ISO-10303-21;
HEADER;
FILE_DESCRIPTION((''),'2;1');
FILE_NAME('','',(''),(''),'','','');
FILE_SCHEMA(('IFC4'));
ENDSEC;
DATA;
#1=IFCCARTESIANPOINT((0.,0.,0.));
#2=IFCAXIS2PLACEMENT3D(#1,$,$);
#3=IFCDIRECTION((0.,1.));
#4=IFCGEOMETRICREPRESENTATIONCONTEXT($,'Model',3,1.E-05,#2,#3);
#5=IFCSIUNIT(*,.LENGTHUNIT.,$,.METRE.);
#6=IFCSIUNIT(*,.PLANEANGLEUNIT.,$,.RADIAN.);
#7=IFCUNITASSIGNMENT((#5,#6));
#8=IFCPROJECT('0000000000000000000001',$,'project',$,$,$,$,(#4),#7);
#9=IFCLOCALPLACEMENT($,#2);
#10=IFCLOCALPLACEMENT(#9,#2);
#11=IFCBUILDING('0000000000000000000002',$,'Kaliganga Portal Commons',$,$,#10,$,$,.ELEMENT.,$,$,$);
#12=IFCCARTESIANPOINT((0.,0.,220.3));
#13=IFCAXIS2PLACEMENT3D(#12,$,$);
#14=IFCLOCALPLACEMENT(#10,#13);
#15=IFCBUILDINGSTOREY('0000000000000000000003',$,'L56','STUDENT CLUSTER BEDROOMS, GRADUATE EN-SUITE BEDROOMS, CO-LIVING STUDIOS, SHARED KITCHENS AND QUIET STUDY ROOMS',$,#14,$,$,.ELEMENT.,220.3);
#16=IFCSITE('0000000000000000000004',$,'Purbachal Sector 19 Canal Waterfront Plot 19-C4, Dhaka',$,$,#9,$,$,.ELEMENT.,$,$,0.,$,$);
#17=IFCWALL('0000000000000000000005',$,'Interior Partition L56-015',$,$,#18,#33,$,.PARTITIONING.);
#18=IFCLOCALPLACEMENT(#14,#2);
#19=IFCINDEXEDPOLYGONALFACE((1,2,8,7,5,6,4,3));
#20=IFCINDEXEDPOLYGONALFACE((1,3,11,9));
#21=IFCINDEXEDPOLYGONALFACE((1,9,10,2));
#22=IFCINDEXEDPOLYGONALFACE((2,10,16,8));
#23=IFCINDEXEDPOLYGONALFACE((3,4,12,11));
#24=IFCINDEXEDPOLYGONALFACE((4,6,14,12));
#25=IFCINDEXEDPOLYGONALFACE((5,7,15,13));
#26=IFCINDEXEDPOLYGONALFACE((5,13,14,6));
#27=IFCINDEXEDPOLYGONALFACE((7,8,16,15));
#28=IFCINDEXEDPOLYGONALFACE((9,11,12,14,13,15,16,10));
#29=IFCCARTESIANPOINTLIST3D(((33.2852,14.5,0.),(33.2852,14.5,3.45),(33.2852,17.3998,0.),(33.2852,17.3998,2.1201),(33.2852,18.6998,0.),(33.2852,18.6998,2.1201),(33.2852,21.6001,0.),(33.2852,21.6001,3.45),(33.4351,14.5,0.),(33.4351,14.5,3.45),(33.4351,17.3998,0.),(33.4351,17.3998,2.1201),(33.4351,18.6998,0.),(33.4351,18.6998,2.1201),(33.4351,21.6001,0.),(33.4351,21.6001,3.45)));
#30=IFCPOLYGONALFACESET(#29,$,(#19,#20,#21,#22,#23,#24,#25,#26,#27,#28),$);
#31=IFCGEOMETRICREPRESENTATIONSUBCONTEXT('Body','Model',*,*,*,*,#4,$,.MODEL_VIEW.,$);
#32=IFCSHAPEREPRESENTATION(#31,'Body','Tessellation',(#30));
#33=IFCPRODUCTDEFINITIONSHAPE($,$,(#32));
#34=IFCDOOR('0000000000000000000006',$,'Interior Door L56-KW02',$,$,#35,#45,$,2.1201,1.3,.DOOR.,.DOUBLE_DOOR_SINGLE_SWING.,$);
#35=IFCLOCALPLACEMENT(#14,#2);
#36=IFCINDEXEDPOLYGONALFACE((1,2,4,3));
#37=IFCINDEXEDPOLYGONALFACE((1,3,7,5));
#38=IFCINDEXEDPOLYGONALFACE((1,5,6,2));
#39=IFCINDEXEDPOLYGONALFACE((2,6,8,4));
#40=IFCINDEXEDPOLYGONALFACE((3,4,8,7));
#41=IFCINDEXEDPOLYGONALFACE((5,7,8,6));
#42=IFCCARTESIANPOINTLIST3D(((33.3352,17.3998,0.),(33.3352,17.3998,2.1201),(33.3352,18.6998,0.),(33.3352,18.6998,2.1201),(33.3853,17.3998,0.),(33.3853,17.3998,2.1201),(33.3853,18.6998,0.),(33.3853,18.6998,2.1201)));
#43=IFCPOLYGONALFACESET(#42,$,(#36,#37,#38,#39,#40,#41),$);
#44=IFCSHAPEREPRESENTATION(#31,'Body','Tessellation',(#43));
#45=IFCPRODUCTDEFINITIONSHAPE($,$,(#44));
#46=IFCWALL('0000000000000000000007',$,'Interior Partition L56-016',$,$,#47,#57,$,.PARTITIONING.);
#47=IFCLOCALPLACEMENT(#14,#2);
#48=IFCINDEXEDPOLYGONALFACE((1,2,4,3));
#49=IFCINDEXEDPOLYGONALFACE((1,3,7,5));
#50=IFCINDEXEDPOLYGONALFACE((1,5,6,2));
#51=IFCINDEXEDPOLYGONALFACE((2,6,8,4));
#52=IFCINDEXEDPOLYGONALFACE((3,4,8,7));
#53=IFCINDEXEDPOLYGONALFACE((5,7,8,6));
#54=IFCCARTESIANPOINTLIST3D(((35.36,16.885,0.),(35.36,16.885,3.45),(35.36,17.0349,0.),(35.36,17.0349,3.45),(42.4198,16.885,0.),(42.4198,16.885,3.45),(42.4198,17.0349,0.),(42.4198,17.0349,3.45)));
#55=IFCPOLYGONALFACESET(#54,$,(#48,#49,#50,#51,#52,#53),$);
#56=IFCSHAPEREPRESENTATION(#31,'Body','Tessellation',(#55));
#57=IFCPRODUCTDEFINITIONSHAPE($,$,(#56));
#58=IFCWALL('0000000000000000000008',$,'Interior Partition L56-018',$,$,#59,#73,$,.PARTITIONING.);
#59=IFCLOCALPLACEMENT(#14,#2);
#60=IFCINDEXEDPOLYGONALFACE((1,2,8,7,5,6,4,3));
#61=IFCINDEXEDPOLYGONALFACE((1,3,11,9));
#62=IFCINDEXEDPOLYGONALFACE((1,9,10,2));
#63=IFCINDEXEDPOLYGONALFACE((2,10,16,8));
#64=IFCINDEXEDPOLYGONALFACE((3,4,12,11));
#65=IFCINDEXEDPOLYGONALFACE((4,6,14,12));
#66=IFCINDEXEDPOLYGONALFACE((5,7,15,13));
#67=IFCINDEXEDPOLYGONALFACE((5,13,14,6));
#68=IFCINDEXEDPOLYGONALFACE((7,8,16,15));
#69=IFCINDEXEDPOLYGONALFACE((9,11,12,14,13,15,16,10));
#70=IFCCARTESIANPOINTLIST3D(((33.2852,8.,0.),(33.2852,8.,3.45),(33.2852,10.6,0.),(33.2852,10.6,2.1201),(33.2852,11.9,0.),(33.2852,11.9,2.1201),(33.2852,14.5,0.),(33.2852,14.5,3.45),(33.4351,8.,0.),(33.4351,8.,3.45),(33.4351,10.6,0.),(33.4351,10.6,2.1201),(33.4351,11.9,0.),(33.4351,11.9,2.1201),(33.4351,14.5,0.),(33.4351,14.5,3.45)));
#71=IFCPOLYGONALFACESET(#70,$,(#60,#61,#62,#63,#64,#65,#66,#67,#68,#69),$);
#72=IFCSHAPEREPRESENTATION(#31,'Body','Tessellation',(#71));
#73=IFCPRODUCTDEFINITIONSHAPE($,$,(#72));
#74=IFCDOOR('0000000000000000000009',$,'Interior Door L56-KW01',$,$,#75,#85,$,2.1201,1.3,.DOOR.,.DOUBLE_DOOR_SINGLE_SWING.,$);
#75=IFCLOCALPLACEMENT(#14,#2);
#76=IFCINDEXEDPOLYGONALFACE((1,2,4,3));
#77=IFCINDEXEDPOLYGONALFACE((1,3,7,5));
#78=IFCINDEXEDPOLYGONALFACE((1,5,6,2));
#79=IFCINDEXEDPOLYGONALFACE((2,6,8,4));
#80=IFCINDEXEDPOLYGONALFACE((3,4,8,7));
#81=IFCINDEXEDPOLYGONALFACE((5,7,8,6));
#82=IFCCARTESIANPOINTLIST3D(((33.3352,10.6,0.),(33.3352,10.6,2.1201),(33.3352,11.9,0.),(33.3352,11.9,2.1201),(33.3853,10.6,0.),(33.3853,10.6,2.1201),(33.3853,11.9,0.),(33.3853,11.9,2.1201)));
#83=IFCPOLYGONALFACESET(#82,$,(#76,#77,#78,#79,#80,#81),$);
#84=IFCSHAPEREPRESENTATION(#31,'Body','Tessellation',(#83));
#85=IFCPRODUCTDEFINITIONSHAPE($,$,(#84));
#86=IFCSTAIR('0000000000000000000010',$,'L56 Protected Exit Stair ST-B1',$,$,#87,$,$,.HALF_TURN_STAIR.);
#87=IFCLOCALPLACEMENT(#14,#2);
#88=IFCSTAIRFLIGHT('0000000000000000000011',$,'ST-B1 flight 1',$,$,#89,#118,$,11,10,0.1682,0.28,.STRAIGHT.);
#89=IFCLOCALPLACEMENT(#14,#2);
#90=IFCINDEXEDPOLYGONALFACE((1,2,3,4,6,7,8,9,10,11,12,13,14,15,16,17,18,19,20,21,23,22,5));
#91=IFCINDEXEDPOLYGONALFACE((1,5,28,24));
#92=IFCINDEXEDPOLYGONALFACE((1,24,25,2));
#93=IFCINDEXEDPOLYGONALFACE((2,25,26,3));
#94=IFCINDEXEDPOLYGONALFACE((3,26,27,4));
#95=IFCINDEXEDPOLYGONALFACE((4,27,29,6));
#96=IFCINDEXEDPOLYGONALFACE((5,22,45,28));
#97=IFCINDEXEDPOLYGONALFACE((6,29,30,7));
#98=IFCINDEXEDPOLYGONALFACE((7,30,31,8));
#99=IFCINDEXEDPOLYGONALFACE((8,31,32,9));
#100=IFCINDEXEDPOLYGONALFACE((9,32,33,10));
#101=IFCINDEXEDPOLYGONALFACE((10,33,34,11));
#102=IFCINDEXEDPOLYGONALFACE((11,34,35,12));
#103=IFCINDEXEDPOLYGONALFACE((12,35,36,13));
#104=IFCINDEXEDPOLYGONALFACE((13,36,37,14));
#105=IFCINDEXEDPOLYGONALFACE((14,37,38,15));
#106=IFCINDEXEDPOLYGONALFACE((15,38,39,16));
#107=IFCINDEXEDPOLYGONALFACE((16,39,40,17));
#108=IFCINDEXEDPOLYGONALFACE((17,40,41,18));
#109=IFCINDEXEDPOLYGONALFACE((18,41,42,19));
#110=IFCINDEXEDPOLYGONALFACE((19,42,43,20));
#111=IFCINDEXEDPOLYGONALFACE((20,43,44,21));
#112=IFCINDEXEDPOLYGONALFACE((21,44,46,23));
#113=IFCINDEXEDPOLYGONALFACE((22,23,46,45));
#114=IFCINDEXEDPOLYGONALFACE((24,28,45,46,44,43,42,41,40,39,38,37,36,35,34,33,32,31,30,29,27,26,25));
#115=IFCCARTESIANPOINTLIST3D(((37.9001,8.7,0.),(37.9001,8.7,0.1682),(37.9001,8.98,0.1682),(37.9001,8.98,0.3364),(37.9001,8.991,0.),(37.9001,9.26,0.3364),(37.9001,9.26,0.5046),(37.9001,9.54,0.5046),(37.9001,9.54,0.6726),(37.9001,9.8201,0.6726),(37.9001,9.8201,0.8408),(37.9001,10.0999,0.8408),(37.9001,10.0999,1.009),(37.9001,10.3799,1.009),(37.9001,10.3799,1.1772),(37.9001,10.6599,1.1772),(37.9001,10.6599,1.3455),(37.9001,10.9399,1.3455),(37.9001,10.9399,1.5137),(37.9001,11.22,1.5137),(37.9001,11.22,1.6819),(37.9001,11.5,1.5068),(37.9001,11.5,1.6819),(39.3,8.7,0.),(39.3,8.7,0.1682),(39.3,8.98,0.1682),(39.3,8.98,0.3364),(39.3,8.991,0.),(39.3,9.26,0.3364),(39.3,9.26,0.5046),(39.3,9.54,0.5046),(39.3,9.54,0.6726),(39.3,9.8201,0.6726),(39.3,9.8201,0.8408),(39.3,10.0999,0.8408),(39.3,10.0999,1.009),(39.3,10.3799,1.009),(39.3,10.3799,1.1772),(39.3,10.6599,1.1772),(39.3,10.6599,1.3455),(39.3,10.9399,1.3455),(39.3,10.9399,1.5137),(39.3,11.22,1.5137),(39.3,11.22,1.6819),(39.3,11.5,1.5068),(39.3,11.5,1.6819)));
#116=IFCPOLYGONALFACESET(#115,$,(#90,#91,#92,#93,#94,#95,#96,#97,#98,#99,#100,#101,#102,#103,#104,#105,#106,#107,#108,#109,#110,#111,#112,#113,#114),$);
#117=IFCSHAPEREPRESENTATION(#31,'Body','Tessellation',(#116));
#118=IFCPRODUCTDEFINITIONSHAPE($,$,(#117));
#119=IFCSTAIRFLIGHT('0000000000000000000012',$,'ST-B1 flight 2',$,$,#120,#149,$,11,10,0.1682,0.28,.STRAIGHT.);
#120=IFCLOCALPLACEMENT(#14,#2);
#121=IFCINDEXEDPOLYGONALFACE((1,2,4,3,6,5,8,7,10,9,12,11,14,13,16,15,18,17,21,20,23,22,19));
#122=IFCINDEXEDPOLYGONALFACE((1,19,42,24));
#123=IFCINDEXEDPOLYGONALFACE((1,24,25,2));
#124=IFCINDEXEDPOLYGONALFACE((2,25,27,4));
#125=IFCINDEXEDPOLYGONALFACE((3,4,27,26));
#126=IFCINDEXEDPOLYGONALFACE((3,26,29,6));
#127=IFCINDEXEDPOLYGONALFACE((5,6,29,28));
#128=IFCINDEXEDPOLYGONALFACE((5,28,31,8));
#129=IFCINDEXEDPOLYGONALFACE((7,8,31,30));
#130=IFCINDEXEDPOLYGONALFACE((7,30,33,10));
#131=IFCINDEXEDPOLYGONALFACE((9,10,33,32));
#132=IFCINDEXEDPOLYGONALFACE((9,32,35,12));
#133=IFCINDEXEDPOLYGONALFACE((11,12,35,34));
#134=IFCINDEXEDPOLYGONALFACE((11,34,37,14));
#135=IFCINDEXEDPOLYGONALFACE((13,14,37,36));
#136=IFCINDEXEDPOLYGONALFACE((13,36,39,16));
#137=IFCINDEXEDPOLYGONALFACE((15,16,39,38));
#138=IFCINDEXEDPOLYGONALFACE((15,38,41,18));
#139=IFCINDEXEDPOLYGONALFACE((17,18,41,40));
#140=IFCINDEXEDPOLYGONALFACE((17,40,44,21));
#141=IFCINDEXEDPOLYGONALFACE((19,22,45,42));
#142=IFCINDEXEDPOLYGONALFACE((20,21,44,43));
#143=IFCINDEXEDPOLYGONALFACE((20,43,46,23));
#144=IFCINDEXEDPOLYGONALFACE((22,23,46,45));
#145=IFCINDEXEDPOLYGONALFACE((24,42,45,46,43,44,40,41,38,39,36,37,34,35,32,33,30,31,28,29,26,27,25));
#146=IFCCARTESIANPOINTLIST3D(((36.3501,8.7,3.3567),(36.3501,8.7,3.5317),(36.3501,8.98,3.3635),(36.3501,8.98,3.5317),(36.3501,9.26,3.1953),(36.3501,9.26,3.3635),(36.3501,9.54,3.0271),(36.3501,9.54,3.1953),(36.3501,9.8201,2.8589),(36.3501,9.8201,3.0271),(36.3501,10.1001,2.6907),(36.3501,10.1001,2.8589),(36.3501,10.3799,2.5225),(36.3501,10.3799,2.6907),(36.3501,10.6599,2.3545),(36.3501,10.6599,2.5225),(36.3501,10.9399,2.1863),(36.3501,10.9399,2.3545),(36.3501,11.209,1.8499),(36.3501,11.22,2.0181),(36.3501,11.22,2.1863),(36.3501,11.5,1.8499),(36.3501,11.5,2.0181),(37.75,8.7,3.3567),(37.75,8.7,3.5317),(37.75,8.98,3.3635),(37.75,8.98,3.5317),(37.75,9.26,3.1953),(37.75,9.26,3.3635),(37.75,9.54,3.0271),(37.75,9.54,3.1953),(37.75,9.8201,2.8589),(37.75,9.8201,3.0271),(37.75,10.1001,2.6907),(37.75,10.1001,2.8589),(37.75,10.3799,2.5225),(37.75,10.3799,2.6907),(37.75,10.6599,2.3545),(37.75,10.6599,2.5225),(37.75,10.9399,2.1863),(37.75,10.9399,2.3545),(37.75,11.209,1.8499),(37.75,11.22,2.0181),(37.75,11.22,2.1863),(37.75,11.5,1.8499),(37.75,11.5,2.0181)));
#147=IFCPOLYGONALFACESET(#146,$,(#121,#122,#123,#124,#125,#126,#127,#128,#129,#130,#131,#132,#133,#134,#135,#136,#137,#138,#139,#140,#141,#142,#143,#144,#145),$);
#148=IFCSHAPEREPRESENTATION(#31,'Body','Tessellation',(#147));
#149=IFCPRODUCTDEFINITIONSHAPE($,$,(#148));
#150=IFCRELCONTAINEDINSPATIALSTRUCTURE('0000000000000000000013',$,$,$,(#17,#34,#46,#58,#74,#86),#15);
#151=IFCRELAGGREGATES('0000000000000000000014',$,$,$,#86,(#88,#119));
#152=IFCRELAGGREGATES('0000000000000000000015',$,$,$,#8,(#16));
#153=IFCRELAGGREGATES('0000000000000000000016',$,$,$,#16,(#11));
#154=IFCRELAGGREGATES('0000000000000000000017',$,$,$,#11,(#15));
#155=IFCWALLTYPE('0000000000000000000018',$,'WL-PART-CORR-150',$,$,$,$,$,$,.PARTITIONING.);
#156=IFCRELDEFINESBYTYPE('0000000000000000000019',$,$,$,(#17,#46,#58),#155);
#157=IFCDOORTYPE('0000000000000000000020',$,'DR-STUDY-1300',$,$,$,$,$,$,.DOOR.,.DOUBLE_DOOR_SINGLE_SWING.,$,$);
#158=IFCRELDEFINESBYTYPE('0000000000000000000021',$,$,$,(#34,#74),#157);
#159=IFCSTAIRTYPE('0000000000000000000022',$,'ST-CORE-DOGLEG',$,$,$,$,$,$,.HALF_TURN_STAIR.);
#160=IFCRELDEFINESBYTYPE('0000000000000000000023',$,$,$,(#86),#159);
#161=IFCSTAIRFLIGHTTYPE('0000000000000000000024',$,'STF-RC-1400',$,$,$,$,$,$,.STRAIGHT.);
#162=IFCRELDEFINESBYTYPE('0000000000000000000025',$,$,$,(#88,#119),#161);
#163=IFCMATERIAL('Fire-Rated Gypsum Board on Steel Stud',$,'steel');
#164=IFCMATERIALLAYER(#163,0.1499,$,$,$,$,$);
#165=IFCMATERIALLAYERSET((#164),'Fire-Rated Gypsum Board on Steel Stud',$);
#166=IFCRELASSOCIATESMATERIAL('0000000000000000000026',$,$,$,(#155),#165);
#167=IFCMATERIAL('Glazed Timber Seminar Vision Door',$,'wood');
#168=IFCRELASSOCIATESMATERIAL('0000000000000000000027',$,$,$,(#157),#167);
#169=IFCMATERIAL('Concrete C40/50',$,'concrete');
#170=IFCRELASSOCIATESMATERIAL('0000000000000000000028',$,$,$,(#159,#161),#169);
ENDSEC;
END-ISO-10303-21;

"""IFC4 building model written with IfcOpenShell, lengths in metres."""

from ifc_helpers import new_model, si_unit, direction, frame, frame_2d, origin, place, context, subcontext, project, spatial, polyline, rectangle, outline, extrude, material, layer, layer_set, type_object, element, fill, aggregate, save


model = new_model("IFC4")

# Units and contexts
model_context = context("Model", 3, precision=1e-05, world=origin(), true_north=direction((0.0, 1.0)))
body_context = subcontext(model_context, "Body", "Model", "MODEL_VIEW")
ifc_project = project(units=[si_unit("LENGTHUNIT", "METRE"), si_unit("PLANEANGLEUNIT", "RADIAN")], contexts=[model_context])

# Site, building, storey
site_placement = place(None, origin())
site = spatial("IfcSite", under=ifc_project, at=site_placement, Name="Purbachal Sector 19 Canal Waterfront Plot 19-C4, Dhaka", CompositionType="ELEMENT", RefElevation=0.0)
building_placement = place(site_placement, origin())
building = spatial("IfcBuilding", under=site, at=building_placement, Name="Kaliganga Portal Commons", CompositionType="ELEMENT")
storey_placement = place(building_placement, frame((0.0, 0.0, 220.3)))
storey = spatial("IfcBuildingStorey", under=building, at=storey_placement, Name="L56", Description="STUDENT CLUSTER BEDROOMS, GRADUATE EN-SUITE BEDROOMS, CO-LIVING STUDIOS, SHARED KITCHENS AND QUIET STUDY ROOMS", CompositionType="ELEMENT", Elevation=220.3)

# Wall, opening, door
ifc_material_1 = material(Name="Fire-Rated Gypsum Board on Steel Stud", Category="steel")
ifc_layer_1 = layer(ifc_material_1, 0.1499)
ifc_layer_set_1 = layer_set([ifc_layer_1], Name="Fire-Rated Gypsum Board on Steel Stud")
wall_type_1 = type_object("IfcWallType", Name="WL-PART-CORR-150", PredefinedType="PARTITIONING", material=ifc_layer_set_1)
ifc_material_2 = material(Name="Glazed Timber Seminar Vision Door", Category="wood")
door_type = type_object("IfcDoorType", Name="DR-STUDY-1300", OperationType="DOUBLE_DOOR_SINGLE_SWING", PredefinedType="DOOR", material=ifc_material_2)
wall_1_placement = place(storey_placement, frame((33.3601, 14.5, 0.0), z_axis=(0.0, 0.0, 1.0), x_axis=(0.0, 1.0, 0.0)))
wall_1 = element("IfcWall", 1, at=wall_1_placement, inside=storey, type_object=wall_type_1, Name="Interior Partition L56-015", PredefinedType="PARTITIONING", context=body_context, shape_type="SweptSolid", body=[
    extrude(rectangle(XDim=7.1001, YDim=0.1499, at=frame_2d((3.55, 0.0))), origin(), (0.0, 0.0, 1.0), 3.45),
])
opening_1_placement = place(wall_1_placement, frame((2.8999, 0.0, 0.0)))
opening_1 = element("IfcOpeningElement", 2, at=opening_1_placement, cuts=wall_1, PredefinedType="OPENING", context=body_context, shape_type="SweptSolid", body=[
    extrude(rectangle(XDim=1.3, YDim=2.1201, at=frame_2d((0.6499, 1.0601))), frame((0.0, 0.085, 0.0), z_axis=(0.0, -1.0, 0.0), x_axis=(1.0, 0.0, 0.0)), (0.0, 0.0, 1.0), 0.1699),
])
door_1_placement = place(opening_1_placement, origin())
door_1 = element("IfcDoor", 3, at=door_1_placement, inside=storey, type_object=door_type, Name="Interior Door L56-KW02", OperationType="DOUBLE_DOOR_SINGLE_SWING", OverallHeight=2.1201, OverallWidth=1.3, PredefinedType="DOOR", context=body_context, shape_type="SweptSolid", body=[
    extrude(rectangle(XDim=1.3, YDim=2.1201, at=frame_2d((0.6499, 1.0601))), frame((0.0, 0.0249, 0.0), z_axis=(0.0, -1.0, 0.0), x_axis=(1.0, 0.0, 0.0)), (0.0, 0.0, 1.0), 0.05),
])
fill(opening_1, door_1)

# Wall
wall_2_placement = place(storey_placement, frame((35.3601, 16.96, 0.0), z_axis=(0.0, 0.0, 1.0), x_axis=(1.0, 0.0, 0.0)))
element("IfcWall", 4, at=wall_2_placement, inside=storey, type_object=wall_type_1, Name="Interior Partition L56-016", PredefinedType="PARTITIONING", context=body_context, shape_type="SweptSolid", body=[
    extrude(rectangle(XDim=7.0598, YDim=0.1499, at=frame_2d((3.5298, 0.0))), origin(), (0.0, 0.0, 1.0), 3.45),
])

# Wall, opening, door
wall_3_placement = place(storey_placement, frame((33.3601, 8.0, 0.0), z_axis=(0.0, 0.0, 1.0), x_axis=(0.0, 1.0, 0.0)))
wall_3 = element("IfcWall", 5, at=wall_3_placement, inside=storey, type_object=wall_type_1, Name="Interior Partition L56-018", PredefinedType="PARTITIONING", context=body_context, shape_type="SweptSolid", body=[
    extrude(rectangle(XDim=6.5, YDim=0.1499, at=frame_2d((3.25, 0.0))), origin(), (0.0, 0.0, 1.0), 3.45),
])
opening_2_placement = place(wall_3_placement, frame((2.6001, 0.0, 0.0)))
opening_2 = element("IfcOpeningElement", 6, at=opening_2_placement, cuts=wall_3, PredefinedType="OPENING", context=body_context, shape_type="SweptSolid", body=[
    extrude(rectangle(XDim=1.3, YDim=2.1201, at=frame_2d((0.6499, 1.0601))), frame((0.0, 0.085, 0.0), z_axis=(0.0, -1.0, 0.0), x_axis=(1.0, 0.0, 0.0)), (0.0, 0.0, 1.0), 0.1699),
])
door_2_placement = place(opening_2_placement, origin())
door_2 = element("IfcDoor", 7, at=door_2_placement, inside=storey, type_object=door_type, Name="Interior Door L56-KW01", OperationType="DOUBLE_DOOR_SINGLE_SWING", OverallHeight=2.1201, OverallWidth=1.3, PredefinedType="DOOR", context=body_context, shape_type="SweptSolid", body=[
    extrude(rectangle(XDim=1.3, YDim=2.1201, at=frame_2d((0.6499, 1.0601))), frame((0.0, 0.0249, 0.0), z_axis=(0.0, -1.0, 0.0), x_axis=(1.0, 0.0, 0.0)), (0.0, 0.0, 1.0), 0.05),
])
fill(opening_2, door_2)

# Stair, stair flights
ifc_material_3 = material(Name="Concrete C40/50", Category="concrete")
stair_type = type_object("IfcStairType", Name="ST-CORE-DOGLEG", PredefinedType="HALF_TURN_STAIR", material=ifc_material_3)
stair_placement = place(storey_placement, origin())
stair = element("IfcStair", 8, at=stair_placement, inside=storey, type_object=stair_type, Name="L56 Protected Exit Stair ST-B1", PredefinedType="HALF_TURN_STAIR")
stair_flight_type = type_object("IfcStairFlightType", Name="STF-RC-1400", PredefinedType="STRAIGHT", material=ifc_material_3)
stair_flight_1_placement = place(storey_placement, frame((38.6001, 8.7, 0.0), z_axis=(0.0, 0.0, 1.0), x_axis=(0.0, 1.0, 0.0)))
stair_flight_1 = element("IfcStairFlight", 9, at=stair_flight_1_placement, type_object=stair_flight_type, Name="ST-B1 flight 1", NumberOfRisers=11, NumberOfTreads=10, PredefinedType="STRAIGHT", RiserHeight=0.1682, TreadLength=0.28, context=body_context, shape_type="SweptSolid", body=[
    extrude(outline(polyline([(0.0, 0.0), (0.0, 0.1682), (0.28, 0.1682), (0.28, 0.3364), (0.5601, 0.3364), (0.5601, 0.5046), (0.8401, 0.5046), (0.8401, 0.6726), (1.1201, 0.6726), (1.1201, 0.8408), (1.3999, 0.8408), (1.3999, 1.009), (1.6799, 1.009), (1.6799, 1.1772), (1.96, 1.1772), (1.96, 1.3455), (2.24, 1.3455), (2.24, 1.5137), (2.52, 1.5137), (2.52, 1.6819), (2.8, 1.6819), (2.8, 1.8501), (2.8, 1.5068), (0.291, 0.0), (0.0, 0.0)])), frame((0.0, 0.7, 0.0), z_axis=(0.0, -1.0, 0.0), x_axis=(1.0, 0.0, 0.0)), (0.0, 0.0, 1.0), 1.3999),
])
stair_flight_2_placement = place(storey_placement, frame((37.05, 11.5, 1.8499), z_axis=(0.0, 0.0, 1.0), x_axis=(0.0, -1.0, 0.0)))
stair_flight_2 = element("IfcStairFlight", 10, at=stair_flight_2_placement, type_object=stair_flight_type, Name="ST-B1 flight 2", NumberOfRisers=11, NumberOfTreads=10, PredefinedType="STRAIGHT", RiserHeight=0.1682, TreadLength=0.28, context=body_context, shape_type="SweptSolid", body=[
    extrude(outline(polyline([(0.0, 0.0), (0.0, 0.1682), (0.28, 0.1682), (0.28, 0.3364), (0.5601, 0.3364), (0.5601, 0.5046), (0.8401, 0.5046), (0.8401, 0.6726), (1.1201, 0.6726), (1.1201, 0.8408), (1.3999, 0.8408), (1.3999, 1.009), (1.6799, 1.009), (1.6799, 1.1772), (1.96, 1.1772), (1.96, 1.3455), (2.24, 1.3455), (2.24, 1.5137), (2.52, 1.5137), (2.52, 1.6819), (2.8, 1.6819), (2.8, 1.8501), (2.8, 1.5068), (0.291, 0.0), (0.0, 0.0)])), frame((0.0, 0.7, 0.0), z_axis=(0.0, -1.0, 0.0), x_axis=(1.0, 0.0, 0.0)), (0.0, 0.0, 1.0), 1.3999),
])
aggregate(stair, [stair_flight_1, stair_flight_2])

save(model, "model.ifc")
